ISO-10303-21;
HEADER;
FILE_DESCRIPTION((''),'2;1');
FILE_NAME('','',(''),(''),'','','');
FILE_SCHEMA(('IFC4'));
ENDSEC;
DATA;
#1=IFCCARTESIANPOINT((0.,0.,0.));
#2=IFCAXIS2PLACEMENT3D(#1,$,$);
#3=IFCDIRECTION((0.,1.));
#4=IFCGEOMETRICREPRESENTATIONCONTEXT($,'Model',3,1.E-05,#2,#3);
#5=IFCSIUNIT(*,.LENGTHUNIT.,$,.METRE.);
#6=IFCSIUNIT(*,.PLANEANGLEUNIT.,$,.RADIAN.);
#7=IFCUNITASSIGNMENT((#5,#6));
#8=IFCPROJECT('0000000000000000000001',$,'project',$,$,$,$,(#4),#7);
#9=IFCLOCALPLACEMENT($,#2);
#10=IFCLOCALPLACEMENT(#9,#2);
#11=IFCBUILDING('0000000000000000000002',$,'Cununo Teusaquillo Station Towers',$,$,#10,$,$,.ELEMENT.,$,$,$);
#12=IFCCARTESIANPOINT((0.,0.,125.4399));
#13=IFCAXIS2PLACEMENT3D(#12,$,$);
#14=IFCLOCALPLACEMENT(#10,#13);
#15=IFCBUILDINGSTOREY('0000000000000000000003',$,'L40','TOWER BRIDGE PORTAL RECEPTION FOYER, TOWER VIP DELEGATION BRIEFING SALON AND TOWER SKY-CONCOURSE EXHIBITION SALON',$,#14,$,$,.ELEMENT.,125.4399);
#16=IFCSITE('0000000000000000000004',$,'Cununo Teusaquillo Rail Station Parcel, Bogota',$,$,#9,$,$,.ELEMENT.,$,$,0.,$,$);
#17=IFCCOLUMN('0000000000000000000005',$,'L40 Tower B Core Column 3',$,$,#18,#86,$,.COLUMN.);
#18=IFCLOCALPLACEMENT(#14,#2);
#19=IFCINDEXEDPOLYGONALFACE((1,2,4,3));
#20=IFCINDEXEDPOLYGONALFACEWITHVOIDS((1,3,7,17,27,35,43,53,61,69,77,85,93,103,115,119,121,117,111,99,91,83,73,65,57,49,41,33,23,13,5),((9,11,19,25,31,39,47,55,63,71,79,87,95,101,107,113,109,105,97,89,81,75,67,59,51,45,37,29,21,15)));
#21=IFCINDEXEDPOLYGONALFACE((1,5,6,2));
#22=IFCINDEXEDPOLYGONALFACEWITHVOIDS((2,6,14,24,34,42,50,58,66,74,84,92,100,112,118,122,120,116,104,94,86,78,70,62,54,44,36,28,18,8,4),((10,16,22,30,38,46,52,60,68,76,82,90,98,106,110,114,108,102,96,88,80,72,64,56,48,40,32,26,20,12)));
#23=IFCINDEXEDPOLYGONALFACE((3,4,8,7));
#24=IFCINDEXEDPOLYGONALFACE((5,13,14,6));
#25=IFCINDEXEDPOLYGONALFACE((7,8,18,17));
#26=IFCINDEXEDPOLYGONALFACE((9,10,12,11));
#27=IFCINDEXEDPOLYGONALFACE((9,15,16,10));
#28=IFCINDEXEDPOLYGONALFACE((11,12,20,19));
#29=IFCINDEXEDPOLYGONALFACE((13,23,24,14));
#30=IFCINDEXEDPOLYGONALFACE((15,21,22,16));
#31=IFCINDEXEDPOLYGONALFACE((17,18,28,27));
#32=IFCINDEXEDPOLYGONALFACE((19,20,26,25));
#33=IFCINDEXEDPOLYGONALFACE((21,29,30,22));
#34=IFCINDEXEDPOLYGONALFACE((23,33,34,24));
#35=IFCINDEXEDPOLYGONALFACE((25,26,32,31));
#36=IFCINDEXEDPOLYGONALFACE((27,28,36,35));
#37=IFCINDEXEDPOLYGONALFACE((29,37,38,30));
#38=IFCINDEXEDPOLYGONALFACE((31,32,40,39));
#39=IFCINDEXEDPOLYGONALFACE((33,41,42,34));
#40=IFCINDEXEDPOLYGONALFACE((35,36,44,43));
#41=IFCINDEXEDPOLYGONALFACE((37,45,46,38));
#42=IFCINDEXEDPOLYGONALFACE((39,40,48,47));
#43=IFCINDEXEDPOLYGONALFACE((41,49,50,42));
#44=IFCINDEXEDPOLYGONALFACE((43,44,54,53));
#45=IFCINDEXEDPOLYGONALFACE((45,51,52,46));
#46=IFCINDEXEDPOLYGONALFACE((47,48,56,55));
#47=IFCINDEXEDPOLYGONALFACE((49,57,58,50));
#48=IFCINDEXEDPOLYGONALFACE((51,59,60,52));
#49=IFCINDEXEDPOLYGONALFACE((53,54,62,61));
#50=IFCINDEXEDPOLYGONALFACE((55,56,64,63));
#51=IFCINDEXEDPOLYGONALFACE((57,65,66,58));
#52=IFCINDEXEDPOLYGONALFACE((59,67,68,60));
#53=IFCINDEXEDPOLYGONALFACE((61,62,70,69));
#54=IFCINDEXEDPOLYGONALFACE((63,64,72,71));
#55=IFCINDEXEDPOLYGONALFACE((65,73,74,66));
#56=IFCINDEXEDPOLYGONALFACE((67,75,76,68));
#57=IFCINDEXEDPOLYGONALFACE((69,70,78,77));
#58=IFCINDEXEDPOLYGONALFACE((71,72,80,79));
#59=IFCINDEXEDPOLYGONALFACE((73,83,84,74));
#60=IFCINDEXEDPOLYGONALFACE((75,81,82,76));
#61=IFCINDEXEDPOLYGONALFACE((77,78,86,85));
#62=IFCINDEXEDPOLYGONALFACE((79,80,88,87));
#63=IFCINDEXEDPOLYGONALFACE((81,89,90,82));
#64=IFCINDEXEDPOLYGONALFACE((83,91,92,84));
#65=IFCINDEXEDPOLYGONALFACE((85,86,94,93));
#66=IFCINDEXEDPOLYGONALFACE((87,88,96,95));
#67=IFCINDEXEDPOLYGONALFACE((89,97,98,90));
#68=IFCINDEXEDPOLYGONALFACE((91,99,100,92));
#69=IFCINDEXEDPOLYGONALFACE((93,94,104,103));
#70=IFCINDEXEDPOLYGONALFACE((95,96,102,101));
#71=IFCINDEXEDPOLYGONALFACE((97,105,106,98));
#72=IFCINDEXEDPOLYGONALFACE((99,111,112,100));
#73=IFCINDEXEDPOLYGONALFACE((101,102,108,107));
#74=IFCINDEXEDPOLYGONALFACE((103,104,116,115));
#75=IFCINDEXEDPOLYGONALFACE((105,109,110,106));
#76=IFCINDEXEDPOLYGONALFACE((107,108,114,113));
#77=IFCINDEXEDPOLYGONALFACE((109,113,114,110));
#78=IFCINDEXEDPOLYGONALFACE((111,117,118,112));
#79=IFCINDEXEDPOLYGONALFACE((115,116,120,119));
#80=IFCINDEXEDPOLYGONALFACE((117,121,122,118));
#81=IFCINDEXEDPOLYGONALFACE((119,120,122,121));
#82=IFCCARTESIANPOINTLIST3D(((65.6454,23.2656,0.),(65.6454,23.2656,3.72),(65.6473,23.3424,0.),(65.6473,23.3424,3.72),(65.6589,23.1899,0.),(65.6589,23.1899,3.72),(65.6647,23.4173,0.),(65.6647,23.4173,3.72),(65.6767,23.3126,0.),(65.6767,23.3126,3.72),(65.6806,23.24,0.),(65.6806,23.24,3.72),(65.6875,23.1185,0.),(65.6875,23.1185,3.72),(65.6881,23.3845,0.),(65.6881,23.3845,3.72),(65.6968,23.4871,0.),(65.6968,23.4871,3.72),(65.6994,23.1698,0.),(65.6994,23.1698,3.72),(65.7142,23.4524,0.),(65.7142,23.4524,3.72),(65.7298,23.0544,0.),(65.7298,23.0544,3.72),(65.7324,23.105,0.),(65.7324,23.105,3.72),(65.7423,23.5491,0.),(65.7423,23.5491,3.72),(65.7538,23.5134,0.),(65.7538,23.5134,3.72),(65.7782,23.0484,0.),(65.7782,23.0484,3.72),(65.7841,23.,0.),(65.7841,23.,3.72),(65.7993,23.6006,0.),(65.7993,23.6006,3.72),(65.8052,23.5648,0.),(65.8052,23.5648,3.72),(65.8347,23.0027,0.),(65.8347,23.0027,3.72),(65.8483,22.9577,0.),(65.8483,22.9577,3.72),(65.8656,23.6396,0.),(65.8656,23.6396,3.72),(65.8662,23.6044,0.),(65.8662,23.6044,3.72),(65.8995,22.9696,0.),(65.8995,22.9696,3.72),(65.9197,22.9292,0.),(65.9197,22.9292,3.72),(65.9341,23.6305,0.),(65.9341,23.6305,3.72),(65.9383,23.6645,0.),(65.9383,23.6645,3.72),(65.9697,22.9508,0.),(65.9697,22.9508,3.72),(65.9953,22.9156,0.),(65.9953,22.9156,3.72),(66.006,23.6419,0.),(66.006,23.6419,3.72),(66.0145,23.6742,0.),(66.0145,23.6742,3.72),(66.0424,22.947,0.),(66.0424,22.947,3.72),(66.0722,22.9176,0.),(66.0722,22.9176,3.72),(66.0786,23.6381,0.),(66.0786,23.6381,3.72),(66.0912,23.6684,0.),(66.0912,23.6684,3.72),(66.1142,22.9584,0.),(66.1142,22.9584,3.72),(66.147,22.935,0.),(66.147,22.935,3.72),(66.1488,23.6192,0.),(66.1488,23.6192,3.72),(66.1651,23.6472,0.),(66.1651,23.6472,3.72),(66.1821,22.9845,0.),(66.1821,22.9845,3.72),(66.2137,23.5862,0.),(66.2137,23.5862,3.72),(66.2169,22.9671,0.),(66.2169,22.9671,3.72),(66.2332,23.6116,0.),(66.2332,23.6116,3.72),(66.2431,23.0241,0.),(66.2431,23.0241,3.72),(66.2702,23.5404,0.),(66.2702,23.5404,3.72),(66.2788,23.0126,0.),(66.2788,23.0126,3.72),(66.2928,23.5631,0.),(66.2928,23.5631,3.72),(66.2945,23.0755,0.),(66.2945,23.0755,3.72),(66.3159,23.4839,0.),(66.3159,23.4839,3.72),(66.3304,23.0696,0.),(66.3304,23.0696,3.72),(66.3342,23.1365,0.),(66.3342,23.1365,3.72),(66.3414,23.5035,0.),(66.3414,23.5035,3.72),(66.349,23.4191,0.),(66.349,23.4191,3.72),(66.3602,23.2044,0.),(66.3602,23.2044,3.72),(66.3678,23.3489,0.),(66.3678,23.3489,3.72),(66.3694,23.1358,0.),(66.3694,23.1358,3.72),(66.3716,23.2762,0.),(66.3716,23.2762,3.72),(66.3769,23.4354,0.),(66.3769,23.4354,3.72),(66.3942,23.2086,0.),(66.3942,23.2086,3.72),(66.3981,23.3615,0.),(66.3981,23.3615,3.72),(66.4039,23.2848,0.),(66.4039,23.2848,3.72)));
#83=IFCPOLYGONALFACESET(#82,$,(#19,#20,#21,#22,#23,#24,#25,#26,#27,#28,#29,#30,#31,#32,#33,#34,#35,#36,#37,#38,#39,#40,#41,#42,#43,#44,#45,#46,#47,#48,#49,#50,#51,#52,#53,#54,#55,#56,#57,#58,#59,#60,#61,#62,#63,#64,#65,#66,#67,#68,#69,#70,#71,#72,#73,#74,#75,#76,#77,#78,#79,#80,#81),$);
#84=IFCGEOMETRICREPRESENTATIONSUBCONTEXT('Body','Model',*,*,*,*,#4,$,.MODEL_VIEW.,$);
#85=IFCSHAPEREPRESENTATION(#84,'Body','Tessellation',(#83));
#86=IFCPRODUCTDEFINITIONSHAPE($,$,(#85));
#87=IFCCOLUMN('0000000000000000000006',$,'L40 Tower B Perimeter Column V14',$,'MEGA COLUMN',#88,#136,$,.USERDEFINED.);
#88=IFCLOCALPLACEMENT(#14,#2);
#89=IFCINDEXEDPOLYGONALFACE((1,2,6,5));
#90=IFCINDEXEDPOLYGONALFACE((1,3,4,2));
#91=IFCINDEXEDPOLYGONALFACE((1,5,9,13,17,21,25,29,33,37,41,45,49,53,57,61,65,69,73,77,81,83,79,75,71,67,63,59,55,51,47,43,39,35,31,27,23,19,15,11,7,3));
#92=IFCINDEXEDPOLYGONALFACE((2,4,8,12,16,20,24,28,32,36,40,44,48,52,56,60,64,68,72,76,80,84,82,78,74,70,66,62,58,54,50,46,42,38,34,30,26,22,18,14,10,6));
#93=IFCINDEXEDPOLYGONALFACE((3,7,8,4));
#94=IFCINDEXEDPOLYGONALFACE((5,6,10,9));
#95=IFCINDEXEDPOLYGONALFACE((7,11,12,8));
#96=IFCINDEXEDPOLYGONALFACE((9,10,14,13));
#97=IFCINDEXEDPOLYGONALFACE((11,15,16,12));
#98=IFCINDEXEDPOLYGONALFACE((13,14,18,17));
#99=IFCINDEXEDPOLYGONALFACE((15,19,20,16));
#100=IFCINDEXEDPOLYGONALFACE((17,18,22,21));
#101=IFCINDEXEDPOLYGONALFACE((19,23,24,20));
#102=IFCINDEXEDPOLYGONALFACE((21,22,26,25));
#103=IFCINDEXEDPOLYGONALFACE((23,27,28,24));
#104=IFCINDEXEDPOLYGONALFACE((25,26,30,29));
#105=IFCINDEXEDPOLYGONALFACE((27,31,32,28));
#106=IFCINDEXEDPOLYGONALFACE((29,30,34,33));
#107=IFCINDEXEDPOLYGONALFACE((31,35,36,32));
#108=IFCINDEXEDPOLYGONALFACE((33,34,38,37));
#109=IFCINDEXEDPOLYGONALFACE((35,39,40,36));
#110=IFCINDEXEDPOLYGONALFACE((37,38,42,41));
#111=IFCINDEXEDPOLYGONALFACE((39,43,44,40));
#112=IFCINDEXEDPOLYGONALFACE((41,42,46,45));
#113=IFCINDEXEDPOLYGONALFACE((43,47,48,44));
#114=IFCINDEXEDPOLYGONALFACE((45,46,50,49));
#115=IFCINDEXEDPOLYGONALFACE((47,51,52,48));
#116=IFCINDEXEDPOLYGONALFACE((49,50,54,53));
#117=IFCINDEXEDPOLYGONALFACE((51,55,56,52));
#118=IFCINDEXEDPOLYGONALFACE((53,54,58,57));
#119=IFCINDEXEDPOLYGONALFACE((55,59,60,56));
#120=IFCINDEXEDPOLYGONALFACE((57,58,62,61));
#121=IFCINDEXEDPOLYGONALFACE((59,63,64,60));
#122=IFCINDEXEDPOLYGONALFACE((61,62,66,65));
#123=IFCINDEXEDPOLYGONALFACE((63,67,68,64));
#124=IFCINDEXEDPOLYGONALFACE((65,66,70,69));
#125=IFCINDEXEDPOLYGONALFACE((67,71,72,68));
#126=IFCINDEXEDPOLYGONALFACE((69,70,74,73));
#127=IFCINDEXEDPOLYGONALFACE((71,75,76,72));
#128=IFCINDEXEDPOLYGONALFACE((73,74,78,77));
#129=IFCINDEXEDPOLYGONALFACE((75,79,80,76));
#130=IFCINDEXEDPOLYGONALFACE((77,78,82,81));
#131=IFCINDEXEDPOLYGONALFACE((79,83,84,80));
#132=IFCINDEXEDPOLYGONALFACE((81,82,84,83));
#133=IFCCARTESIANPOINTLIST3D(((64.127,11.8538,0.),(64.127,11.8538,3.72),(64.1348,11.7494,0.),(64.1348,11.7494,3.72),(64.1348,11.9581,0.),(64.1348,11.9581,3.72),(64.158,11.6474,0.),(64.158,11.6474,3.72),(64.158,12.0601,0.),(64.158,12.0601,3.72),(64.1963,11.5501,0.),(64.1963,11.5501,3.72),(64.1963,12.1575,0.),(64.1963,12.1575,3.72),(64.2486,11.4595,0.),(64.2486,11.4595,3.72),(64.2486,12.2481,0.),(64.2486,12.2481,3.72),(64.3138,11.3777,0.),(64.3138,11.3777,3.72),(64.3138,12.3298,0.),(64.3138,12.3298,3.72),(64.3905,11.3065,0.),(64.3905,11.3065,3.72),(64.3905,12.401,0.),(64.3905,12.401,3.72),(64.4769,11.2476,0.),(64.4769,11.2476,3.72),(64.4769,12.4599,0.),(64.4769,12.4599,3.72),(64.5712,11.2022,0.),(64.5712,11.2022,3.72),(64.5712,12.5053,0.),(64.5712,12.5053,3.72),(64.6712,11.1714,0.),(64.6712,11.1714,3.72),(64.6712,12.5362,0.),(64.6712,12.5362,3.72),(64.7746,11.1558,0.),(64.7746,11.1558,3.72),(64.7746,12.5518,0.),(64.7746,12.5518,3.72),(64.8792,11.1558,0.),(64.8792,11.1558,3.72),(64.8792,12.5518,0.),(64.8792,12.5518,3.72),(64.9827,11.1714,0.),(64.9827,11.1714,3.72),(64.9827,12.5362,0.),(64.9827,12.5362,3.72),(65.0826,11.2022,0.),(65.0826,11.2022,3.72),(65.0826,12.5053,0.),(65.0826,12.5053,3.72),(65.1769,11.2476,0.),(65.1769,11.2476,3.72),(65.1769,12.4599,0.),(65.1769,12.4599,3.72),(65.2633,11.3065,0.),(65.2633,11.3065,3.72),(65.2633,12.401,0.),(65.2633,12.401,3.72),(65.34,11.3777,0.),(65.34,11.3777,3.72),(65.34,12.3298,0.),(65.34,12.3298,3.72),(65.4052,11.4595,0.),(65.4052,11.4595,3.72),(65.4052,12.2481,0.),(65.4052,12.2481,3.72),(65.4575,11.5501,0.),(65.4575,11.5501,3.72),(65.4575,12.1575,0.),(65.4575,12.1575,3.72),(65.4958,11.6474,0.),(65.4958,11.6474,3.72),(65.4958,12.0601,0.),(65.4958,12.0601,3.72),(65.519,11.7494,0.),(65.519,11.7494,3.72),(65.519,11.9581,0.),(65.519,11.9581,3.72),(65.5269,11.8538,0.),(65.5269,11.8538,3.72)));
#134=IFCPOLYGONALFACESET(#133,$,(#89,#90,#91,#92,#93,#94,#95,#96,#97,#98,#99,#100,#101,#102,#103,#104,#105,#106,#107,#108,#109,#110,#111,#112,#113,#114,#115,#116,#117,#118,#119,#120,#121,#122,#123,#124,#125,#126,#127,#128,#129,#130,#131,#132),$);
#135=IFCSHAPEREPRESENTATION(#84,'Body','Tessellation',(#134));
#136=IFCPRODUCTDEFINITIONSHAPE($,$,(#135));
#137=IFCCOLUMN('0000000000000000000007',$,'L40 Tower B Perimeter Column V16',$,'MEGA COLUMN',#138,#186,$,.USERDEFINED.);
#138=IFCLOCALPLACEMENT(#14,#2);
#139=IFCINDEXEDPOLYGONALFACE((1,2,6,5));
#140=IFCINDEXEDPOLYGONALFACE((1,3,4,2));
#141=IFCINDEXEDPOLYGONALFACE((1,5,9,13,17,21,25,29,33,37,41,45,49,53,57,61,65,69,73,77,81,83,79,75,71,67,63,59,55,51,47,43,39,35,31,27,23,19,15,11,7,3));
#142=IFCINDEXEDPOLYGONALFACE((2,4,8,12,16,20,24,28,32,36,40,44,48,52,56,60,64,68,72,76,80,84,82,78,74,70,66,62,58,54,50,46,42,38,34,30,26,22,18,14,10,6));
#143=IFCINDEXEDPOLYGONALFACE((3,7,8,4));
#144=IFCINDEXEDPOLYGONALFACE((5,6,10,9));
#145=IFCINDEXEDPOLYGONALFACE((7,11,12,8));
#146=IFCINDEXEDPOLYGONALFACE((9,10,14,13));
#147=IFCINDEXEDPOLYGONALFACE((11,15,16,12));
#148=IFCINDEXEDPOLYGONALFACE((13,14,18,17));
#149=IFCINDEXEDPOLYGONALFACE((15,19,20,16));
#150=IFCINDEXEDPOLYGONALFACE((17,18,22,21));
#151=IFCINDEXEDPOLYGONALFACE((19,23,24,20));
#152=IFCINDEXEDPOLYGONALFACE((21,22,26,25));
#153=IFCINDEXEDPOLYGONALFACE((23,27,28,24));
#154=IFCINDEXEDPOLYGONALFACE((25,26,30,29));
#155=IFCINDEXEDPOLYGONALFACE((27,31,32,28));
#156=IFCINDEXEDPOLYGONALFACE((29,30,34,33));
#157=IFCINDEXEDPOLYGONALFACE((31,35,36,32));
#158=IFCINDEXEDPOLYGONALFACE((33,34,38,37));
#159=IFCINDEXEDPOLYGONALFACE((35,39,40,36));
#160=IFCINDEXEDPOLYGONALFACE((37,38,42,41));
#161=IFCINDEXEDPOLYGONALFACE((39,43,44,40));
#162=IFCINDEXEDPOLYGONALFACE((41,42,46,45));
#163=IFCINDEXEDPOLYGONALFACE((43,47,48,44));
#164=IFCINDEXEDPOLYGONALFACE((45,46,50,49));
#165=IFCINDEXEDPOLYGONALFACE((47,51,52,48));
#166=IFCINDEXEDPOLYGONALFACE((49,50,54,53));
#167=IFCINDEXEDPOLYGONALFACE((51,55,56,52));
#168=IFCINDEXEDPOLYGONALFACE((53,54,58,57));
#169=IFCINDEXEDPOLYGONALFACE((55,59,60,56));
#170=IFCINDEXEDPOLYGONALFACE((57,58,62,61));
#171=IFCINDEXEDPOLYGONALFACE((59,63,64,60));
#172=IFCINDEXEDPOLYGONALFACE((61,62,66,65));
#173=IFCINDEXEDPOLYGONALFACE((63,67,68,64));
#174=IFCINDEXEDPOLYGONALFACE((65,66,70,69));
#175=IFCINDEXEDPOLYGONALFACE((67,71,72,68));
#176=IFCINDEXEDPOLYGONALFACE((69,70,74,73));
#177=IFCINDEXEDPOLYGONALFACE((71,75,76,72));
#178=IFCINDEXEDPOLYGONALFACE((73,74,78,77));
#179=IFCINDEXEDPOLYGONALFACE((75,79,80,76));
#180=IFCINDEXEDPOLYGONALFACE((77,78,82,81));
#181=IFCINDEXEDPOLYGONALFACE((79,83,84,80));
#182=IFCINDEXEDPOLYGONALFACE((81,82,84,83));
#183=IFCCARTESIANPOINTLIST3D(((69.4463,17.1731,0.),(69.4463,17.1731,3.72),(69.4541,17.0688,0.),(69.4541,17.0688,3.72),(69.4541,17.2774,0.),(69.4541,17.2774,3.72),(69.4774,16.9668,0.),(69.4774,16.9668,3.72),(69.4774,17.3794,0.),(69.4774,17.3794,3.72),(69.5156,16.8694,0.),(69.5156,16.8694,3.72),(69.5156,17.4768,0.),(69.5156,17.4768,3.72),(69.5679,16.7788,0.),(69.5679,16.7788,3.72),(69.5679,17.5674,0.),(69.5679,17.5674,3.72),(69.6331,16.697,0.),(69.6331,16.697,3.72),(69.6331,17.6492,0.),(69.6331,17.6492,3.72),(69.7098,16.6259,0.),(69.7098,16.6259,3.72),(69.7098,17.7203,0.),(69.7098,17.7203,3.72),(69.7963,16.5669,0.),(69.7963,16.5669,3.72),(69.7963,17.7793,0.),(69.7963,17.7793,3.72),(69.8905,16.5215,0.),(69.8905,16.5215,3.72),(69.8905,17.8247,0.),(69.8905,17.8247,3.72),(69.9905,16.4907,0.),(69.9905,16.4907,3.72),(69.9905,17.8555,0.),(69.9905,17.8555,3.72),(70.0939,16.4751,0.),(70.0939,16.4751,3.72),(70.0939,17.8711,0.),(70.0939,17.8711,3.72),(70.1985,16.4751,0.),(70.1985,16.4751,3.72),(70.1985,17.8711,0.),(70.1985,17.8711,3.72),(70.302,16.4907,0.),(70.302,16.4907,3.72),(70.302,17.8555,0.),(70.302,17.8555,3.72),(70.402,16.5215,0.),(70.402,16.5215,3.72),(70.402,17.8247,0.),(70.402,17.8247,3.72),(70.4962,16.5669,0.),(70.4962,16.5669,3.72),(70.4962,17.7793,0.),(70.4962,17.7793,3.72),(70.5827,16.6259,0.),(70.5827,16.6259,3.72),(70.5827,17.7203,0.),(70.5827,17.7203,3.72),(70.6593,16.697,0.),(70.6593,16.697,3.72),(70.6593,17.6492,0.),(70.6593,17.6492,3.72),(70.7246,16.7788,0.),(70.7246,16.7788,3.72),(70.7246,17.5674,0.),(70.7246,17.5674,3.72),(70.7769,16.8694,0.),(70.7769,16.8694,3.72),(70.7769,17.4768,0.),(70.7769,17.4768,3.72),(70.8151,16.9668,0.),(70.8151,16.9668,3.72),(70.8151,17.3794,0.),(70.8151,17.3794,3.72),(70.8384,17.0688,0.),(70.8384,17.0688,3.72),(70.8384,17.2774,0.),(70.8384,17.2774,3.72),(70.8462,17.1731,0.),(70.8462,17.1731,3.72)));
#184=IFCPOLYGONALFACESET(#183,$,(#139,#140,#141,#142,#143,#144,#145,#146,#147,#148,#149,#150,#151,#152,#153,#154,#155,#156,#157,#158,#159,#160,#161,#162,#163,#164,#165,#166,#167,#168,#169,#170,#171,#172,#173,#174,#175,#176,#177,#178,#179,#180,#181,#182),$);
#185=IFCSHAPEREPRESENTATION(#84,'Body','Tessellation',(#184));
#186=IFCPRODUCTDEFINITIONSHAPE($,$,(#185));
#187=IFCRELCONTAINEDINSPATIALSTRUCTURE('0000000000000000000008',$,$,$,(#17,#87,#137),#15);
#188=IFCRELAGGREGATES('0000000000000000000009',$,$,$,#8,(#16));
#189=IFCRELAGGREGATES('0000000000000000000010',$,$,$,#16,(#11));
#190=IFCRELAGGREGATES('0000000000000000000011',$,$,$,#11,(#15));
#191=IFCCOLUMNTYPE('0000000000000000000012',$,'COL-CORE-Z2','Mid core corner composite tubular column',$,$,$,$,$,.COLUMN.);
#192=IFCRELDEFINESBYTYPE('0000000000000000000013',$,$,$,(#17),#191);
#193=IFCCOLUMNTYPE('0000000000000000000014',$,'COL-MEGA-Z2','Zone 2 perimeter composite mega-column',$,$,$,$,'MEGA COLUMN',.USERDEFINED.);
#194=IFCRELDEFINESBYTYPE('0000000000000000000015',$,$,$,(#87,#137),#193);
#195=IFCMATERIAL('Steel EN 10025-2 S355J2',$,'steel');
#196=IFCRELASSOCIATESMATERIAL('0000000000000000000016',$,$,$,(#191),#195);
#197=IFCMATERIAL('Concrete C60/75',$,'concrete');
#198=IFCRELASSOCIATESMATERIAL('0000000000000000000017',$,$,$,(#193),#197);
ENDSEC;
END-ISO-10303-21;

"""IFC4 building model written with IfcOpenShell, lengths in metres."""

from ifc_helpers import new_model, si_unit, direction, frame, origin, origin_2d, place, context, subcontext, project, spatial, circle, hollow_circle, extrude, material, material_profile, profile_set, type_object, element, save


model = new_model("IFC4")

# Units and contexts
model_context = context("Model", 3, precision=1e-05, world=origin(), true_north=direction((0.0, 1.0)))
body_context = subcontext(model_context, "Body", "Model", "MODEL_VIEW")
ifc_project = project(units=[si_unit("LENGTHUNIT", "METRE"), si_unit("PLANEANGLEUNIT", "RADIAN")], contexts=[model_context])

# Site, building, storey
site_placement = place(None, origin())
site = spatial("IfcSite", under=ifc_project, at=site_placement, Name="Cununo Teusaquillo Rail Station Parcel, Bogota", CompositionType="ELEMENT", RefElevation=0.0)
building_placement = place(site_placement, origin())
building = spatial("IfcBuilding", under=site, at=building_placement, Name="Cununo Teusaquillo Station Towers", CompositionType="ELEMENT")
storey_placement = place(building_placement, frame((0.0, 0.0, 125.4399)))
storey = spatial("IfcBuildingStorey", under=building, at=storey_placement, Name="L40", Description="TOWER BRIDGE PORTAL RECEPTION FOYER, TOWER VIP DELEGATION BRIEFING SALON AND TOWER SKY-CONCOURSE EXHIBITION SALON", CompositionType="ELEMENT", Elevation=125.4399)

# Columns
ifc_material_1 = material(Name="Steel EN 10025-2 S355J2", Category="steel")
ifc_material_profile_1 = material_profile(ifc_material_1, hollow_circle(Radius=0.3799, WallThickness=0.032, at=origin_2d()), Name="CHS 760x32")
ifc_profile_set_1 = profile_set([ifc_material_profile_1], Name="Steel EN 10025-2 S355J2")
column_type_1 = type_object("IfcColumnType", Name="COL-CORE-Z2", Description="Mid core corner composite tubular column", PredefinedType="COLUMN", material=ifc_profile_set_1)
column_placement = place(storey_placement, frame((66.0242, 23.2944, 0.0), z_axis=(0.0, 0.0, 1.0), x_axis=(0.707107, 0.707107, 0.0)))
element("IfcColumn", 1, at=column_placement, inside=storey, type_object=column_type_1, Name="L40 Tower B Core Column 3", PredefinedType="COLUMN", context=body_context, shape_type="SweptSolid", body=[
    extrude(hollow_circle(Radius=0.3799, WallThickness=0.032, at=origin_2d()), origin(), (0.0, 0.0, 1.0), 3.72),
])
ifc_material_2 = material(Name="Concrete C60/75", Category="concrete")
ifc_material_profile_2 = material_profile(ifc_material_2, circle(Radius=0.7, at=origin_2d()), Name="RC-CIRC-1400")
ifc_profile_set_2 = profile_set([ifc_material_profile_2], Name="Concrete C60/75")
column_type_2 = type_object("IfcColumnType", Name="COL-MEGA-Z2", Description="Zone 2 perimeter composite mega-column", ElementType="MEGA COLUMN", PredefinedType="USERDEFINED", material=ifc_profile_set_2)
for number, where, z_axis, x_axis, name in (
    (2, (64.8269, 11.8538, 0.0), (0.0, 0.0, 1.0), (1.0, 0.0, 0.0), "L40 Tower B Perimeter Column V14"),
    (3, (70.1462, 17.1731, 0.0), (0.0, 0.0, 1.0), (1.0, 0.0, 0.0), "L40 Tower B Perimeter Column V16"),
):
    element("IfcColumn", number, at=place(storey_placement, frame(where, z_axis=z_axis, x_axis=x_axis)), inside=storey, type_object=column_type_2, Name=name, ObjectType="MEGA COLUMN", PredefinedType="USERDEFINED", context=body_context, shape_type="SweptSolid", body=[
        extrude(circle(Radius=0.7, at=origin_2d()), origin(), (0.0, 0.0, 1.0), 3.72),
    ])

save(model, "model.ifc")
